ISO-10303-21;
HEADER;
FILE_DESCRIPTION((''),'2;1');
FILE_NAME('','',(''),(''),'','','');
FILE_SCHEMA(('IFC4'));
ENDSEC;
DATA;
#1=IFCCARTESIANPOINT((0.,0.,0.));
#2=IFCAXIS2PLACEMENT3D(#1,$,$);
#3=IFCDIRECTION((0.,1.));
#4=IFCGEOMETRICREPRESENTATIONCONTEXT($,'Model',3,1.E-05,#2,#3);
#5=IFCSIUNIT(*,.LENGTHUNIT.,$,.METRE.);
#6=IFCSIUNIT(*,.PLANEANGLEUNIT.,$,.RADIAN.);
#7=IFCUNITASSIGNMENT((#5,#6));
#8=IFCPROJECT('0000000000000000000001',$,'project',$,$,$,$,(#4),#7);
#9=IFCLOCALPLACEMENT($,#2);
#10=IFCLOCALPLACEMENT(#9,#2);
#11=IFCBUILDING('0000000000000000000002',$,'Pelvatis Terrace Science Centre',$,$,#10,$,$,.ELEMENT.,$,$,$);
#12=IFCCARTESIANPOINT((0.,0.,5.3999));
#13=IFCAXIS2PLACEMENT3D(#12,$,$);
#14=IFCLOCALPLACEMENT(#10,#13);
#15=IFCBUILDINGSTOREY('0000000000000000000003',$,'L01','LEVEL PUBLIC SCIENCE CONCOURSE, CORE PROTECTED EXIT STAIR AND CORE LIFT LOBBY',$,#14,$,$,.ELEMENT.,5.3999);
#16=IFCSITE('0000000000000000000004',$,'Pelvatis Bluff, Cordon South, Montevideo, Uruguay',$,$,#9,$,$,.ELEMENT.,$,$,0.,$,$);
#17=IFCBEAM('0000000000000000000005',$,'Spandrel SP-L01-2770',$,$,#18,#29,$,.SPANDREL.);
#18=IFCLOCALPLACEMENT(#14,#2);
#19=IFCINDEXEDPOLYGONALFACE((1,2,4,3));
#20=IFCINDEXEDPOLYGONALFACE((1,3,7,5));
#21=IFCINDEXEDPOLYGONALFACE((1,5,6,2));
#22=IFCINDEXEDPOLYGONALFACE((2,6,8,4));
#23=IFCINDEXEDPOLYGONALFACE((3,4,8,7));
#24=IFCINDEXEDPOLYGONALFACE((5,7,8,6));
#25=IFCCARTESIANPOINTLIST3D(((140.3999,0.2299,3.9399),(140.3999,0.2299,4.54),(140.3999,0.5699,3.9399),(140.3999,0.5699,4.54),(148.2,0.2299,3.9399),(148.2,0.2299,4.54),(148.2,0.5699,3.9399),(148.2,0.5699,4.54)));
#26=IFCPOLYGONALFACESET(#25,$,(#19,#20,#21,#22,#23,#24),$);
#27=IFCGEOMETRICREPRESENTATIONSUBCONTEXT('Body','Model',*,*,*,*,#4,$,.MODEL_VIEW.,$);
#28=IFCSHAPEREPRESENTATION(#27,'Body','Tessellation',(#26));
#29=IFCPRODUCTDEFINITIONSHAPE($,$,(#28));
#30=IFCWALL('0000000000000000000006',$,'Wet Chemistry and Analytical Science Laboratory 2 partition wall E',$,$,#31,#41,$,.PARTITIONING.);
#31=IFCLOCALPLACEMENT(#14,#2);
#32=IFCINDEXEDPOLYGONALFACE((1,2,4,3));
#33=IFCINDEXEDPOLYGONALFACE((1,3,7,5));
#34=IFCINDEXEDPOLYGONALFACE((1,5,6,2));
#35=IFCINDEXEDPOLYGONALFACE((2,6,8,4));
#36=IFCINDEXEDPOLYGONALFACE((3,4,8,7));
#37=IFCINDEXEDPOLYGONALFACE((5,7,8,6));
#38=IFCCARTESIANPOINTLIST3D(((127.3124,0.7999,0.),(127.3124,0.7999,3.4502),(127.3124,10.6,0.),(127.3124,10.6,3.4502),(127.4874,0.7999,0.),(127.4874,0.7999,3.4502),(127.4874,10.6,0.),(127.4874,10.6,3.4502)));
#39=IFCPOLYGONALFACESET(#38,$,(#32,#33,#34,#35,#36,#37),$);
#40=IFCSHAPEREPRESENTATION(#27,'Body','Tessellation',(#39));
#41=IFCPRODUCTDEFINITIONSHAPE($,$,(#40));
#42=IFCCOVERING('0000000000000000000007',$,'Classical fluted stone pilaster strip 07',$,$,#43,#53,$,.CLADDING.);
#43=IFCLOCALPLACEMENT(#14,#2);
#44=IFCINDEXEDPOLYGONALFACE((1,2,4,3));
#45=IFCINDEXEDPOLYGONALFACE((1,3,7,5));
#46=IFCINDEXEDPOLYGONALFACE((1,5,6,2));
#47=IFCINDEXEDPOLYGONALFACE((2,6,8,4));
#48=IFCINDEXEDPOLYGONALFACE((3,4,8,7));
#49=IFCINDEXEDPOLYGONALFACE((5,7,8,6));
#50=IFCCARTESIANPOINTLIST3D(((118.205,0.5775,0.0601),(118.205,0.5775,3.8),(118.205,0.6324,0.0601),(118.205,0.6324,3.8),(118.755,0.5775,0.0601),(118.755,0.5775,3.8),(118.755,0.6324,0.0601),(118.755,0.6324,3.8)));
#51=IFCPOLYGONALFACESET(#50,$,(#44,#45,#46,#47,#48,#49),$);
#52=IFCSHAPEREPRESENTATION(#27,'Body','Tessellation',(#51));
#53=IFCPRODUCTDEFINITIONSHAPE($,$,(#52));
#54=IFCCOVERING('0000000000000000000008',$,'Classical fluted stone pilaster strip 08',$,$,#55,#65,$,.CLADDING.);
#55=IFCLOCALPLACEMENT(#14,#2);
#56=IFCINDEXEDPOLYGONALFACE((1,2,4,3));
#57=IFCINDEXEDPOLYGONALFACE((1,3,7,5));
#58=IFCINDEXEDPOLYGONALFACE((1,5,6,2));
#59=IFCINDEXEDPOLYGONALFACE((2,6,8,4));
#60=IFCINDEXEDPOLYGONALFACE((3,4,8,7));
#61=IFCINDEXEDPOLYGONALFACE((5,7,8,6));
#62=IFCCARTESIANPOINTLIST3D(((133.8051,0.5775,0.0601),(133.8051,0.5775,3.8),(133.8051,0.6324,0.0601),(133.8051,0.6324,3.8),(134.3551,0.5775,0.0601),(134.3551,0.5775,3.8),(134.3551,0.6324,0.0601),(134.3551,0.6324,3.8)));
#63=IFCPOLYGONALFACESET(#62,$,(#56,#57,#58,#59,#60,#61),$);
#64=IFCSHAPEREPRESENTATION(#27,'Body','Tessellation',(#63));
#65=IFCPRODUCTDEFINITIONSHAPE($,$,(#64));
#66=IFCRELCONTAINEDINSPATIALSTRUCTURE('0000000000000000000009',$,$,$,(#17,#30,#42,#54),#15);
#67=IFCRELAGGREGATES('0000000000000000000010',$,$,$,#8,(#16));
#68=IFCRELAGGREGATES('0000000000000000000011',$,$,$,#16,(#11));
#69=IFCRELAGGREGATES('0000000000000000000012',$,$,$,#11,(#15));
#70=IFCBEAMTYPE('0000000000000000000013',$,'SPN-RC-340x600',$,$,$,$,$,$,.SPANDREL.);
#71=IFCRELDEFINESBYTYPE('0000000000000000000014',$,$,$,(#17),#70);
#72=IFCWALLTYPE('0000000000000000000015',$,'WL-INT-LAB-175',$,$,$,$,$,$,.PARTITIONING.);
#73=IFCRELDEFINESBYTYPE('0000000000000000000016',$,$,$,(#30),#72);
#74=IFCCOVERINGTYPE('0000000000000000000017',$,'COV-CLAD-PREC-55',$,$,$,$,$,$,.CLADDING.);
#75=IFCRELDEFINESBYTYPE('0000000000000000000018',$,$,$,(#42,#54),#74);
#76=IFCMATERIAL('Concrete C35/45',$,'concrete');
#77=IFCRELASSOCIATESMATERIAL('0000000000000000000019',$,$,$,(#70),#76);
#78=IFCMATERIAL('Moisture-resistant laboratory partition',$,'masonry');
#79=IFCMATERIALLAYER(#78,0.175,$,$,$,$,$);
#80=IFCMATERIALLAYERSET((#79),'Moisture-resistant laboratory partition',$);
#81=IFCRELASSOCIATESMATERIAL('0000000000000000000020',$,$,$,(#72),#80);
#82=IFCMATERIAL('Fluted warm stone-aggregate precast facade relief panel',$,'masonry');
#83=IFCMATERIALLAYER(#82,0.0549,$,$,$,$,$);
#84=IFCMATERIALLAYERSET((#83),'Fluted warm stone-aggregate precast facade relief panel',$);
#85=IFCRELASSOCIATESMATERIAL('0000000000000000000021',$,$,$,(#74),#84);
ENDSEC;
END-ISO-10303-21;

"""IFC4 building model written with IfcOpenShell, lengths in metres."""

from ifc_helpers import new_model, si_unit, direction, frame, frame_2d, origin, origin_2d, place, context, subcontext, project, spatial, rectangle, extrude, material, layer, layer_set, material_profile, profile_set, type_object, element, save


model = new_model("IFC4")

# Units and contexts
model_context = context("Model", 3, precision=1e-05, world=origin(), true_north=direction((0.0, 1.0)))
body_context = subcontext(model_context, "Body", "Model", "MODEL_VIEW")
ifc_project = project(units=[si_unit("LENGTHUNIT", "METRE"), si_unit("PLANEANGLEUNIT", "RADIAN")], contexts=[model_context])

# Site, building, storey
site_placement = place(None, origin())
site = spatial("IfcSite", under=ifc_project, at=site_placement, Name="Pelvatis Bluff, Cordon South, Montevideo, Uruguay", CompositionType="ELEMENT", RefElevation=0.0)
building_placement = place(site_placement, origin())
building = spatial("IfcBuilding", under=site, at=building_placement, Name="Pelvatis Terrace Science Centre", CompositionType="ELEMENT")
storey_placement = place(building_placement, frame((0.0, 0.0, 5.3999)))
storey = spatial("IfcBuildingStorey", under=building, at=storey_placement, Name="L01", Description="LEVEL PUBLIC SCIENCE CONCOURSE, CORE PROTECTED EXIT STAIR AND CORE LIFT LOBBY", CompositionType="ELEMENT", Elevation=5.3999)

# Beam
ifc_material_1 = material(Name="Concrete C35/45", Category="concrete")
ifc_material_profile_1 = material_profile(ifc_material_1, rectangle(XDim=0.3401, YDim=0.6001, at=origin_2d()), Name="RC-SPN 340x600")
ifc_profile_set_1 = profile_set([ifc_material_profile_1], Name="Concrete C35/45")
beam_type_1 = type_object("IfcBeamType", Name="SPN-RC-340x600", PredefinedType="SPANDREL", material=ifc_profile_set_1)
beam_1_placement = place(storey_placement, frame((140.3999, 0.3999, 4.24), z_axis=(1.0, 0.0, 0.0), x_axis=(0.0, 1.0, 0.0)))
element("IfcBeam", 1, at=beam_1_placement, inside=storey, type_object=beam_type_1, Name="Spandrel SP-L01-2770", PredefinedType="SPANDREL", context=body_context, shape_type="SweptSolid", body=[
    extrude(rectangle(XDim=0.3401, YDim=0.6001, at=origin_2d()), origin(), (0.0, 0.0, 1.0), 7.8),
])

# Wall
ifc_material_2 = material(Name="Moisture-resistant laboratory partition", Category="masonry")
ifc_layer_1 = layer(ifc_material_2, 0.175)
ifc_layer_set_1 = layer_set([ifc_layer_1], Name="Moisture-resistant laboratory partition")
wall_type = type_object("IfcWallType", Name="WL-INT-LAB-175", PredefinedType="PARTITIONING", material=ifc_layer_set_1)
wall_placement = place(storey_placement, frame((127.3999, 0.8, 0.0), z_axis=(0.0, 0.0, 1.0), x_axis=(0.0, 1.0, 0.0)))
element("IfcWall", 2, at=wall_placement, inside=storey, type_object=wall_type, Name="Wet Chemistry and Analytical Science Laboratory 2 partition wall E", PredefinedType="PARTITIONING", context=body_context, shape_type="SweptSolid", body=[
    extrude(rectangle(XDim=9.8, YDim=0.175, at=frame_2d((4.8999, 0.0))), origin(), (0.0, 0.0, 1.0), 3.4502),
])

# Coverings
ifc_material_3 = material(Name="Fluted warm stone-aggregate precast facade relief panel", Category="masonry")
ifc_layer_2 = layer(ifc_material_3, 0.0549)
ifc_layer_set_2 = layer_set([ifc_layer_2], Name="Fluted warm stone-aggregate precast facade relief panel")
covering_type = type_object("IfcCoveringType", Name="COV-CLAD-PREC-55", PredefinedType="CLADDING", material=ifc_layer_set_2)
for number, where, z_axis, x_axis, name in (
    (3, (118.48, 0.605, 0.0601), (0.0, 0.0, 1.0), (1.0, 0.0, 0.0), "Classical fluted stone pilaster strip 07"),
    (4, (134.0801, 0.605, 0.0601), (0.0, 0.0, 1.0), (1.0, 0.0, 0.0), "Classical fluted stone pilaster strip 08"),
):
    element("IfcCovering", number, at=place(storey_placement, frame(where, z_axis=z_axis, x_axis=x_axis)), inside=storey, type_object=covering_type, Name=name, PredefinedType="CLADDING", context=body_context, shape_type="SweptSolid", body=[
        extrude(rectangle(XDim=0.55, YDim=0.0549, at=origin_2d()), origin(), (0.0, 0.0, 1.0), 3.74),
    ])

save(model, "model.ifc")
